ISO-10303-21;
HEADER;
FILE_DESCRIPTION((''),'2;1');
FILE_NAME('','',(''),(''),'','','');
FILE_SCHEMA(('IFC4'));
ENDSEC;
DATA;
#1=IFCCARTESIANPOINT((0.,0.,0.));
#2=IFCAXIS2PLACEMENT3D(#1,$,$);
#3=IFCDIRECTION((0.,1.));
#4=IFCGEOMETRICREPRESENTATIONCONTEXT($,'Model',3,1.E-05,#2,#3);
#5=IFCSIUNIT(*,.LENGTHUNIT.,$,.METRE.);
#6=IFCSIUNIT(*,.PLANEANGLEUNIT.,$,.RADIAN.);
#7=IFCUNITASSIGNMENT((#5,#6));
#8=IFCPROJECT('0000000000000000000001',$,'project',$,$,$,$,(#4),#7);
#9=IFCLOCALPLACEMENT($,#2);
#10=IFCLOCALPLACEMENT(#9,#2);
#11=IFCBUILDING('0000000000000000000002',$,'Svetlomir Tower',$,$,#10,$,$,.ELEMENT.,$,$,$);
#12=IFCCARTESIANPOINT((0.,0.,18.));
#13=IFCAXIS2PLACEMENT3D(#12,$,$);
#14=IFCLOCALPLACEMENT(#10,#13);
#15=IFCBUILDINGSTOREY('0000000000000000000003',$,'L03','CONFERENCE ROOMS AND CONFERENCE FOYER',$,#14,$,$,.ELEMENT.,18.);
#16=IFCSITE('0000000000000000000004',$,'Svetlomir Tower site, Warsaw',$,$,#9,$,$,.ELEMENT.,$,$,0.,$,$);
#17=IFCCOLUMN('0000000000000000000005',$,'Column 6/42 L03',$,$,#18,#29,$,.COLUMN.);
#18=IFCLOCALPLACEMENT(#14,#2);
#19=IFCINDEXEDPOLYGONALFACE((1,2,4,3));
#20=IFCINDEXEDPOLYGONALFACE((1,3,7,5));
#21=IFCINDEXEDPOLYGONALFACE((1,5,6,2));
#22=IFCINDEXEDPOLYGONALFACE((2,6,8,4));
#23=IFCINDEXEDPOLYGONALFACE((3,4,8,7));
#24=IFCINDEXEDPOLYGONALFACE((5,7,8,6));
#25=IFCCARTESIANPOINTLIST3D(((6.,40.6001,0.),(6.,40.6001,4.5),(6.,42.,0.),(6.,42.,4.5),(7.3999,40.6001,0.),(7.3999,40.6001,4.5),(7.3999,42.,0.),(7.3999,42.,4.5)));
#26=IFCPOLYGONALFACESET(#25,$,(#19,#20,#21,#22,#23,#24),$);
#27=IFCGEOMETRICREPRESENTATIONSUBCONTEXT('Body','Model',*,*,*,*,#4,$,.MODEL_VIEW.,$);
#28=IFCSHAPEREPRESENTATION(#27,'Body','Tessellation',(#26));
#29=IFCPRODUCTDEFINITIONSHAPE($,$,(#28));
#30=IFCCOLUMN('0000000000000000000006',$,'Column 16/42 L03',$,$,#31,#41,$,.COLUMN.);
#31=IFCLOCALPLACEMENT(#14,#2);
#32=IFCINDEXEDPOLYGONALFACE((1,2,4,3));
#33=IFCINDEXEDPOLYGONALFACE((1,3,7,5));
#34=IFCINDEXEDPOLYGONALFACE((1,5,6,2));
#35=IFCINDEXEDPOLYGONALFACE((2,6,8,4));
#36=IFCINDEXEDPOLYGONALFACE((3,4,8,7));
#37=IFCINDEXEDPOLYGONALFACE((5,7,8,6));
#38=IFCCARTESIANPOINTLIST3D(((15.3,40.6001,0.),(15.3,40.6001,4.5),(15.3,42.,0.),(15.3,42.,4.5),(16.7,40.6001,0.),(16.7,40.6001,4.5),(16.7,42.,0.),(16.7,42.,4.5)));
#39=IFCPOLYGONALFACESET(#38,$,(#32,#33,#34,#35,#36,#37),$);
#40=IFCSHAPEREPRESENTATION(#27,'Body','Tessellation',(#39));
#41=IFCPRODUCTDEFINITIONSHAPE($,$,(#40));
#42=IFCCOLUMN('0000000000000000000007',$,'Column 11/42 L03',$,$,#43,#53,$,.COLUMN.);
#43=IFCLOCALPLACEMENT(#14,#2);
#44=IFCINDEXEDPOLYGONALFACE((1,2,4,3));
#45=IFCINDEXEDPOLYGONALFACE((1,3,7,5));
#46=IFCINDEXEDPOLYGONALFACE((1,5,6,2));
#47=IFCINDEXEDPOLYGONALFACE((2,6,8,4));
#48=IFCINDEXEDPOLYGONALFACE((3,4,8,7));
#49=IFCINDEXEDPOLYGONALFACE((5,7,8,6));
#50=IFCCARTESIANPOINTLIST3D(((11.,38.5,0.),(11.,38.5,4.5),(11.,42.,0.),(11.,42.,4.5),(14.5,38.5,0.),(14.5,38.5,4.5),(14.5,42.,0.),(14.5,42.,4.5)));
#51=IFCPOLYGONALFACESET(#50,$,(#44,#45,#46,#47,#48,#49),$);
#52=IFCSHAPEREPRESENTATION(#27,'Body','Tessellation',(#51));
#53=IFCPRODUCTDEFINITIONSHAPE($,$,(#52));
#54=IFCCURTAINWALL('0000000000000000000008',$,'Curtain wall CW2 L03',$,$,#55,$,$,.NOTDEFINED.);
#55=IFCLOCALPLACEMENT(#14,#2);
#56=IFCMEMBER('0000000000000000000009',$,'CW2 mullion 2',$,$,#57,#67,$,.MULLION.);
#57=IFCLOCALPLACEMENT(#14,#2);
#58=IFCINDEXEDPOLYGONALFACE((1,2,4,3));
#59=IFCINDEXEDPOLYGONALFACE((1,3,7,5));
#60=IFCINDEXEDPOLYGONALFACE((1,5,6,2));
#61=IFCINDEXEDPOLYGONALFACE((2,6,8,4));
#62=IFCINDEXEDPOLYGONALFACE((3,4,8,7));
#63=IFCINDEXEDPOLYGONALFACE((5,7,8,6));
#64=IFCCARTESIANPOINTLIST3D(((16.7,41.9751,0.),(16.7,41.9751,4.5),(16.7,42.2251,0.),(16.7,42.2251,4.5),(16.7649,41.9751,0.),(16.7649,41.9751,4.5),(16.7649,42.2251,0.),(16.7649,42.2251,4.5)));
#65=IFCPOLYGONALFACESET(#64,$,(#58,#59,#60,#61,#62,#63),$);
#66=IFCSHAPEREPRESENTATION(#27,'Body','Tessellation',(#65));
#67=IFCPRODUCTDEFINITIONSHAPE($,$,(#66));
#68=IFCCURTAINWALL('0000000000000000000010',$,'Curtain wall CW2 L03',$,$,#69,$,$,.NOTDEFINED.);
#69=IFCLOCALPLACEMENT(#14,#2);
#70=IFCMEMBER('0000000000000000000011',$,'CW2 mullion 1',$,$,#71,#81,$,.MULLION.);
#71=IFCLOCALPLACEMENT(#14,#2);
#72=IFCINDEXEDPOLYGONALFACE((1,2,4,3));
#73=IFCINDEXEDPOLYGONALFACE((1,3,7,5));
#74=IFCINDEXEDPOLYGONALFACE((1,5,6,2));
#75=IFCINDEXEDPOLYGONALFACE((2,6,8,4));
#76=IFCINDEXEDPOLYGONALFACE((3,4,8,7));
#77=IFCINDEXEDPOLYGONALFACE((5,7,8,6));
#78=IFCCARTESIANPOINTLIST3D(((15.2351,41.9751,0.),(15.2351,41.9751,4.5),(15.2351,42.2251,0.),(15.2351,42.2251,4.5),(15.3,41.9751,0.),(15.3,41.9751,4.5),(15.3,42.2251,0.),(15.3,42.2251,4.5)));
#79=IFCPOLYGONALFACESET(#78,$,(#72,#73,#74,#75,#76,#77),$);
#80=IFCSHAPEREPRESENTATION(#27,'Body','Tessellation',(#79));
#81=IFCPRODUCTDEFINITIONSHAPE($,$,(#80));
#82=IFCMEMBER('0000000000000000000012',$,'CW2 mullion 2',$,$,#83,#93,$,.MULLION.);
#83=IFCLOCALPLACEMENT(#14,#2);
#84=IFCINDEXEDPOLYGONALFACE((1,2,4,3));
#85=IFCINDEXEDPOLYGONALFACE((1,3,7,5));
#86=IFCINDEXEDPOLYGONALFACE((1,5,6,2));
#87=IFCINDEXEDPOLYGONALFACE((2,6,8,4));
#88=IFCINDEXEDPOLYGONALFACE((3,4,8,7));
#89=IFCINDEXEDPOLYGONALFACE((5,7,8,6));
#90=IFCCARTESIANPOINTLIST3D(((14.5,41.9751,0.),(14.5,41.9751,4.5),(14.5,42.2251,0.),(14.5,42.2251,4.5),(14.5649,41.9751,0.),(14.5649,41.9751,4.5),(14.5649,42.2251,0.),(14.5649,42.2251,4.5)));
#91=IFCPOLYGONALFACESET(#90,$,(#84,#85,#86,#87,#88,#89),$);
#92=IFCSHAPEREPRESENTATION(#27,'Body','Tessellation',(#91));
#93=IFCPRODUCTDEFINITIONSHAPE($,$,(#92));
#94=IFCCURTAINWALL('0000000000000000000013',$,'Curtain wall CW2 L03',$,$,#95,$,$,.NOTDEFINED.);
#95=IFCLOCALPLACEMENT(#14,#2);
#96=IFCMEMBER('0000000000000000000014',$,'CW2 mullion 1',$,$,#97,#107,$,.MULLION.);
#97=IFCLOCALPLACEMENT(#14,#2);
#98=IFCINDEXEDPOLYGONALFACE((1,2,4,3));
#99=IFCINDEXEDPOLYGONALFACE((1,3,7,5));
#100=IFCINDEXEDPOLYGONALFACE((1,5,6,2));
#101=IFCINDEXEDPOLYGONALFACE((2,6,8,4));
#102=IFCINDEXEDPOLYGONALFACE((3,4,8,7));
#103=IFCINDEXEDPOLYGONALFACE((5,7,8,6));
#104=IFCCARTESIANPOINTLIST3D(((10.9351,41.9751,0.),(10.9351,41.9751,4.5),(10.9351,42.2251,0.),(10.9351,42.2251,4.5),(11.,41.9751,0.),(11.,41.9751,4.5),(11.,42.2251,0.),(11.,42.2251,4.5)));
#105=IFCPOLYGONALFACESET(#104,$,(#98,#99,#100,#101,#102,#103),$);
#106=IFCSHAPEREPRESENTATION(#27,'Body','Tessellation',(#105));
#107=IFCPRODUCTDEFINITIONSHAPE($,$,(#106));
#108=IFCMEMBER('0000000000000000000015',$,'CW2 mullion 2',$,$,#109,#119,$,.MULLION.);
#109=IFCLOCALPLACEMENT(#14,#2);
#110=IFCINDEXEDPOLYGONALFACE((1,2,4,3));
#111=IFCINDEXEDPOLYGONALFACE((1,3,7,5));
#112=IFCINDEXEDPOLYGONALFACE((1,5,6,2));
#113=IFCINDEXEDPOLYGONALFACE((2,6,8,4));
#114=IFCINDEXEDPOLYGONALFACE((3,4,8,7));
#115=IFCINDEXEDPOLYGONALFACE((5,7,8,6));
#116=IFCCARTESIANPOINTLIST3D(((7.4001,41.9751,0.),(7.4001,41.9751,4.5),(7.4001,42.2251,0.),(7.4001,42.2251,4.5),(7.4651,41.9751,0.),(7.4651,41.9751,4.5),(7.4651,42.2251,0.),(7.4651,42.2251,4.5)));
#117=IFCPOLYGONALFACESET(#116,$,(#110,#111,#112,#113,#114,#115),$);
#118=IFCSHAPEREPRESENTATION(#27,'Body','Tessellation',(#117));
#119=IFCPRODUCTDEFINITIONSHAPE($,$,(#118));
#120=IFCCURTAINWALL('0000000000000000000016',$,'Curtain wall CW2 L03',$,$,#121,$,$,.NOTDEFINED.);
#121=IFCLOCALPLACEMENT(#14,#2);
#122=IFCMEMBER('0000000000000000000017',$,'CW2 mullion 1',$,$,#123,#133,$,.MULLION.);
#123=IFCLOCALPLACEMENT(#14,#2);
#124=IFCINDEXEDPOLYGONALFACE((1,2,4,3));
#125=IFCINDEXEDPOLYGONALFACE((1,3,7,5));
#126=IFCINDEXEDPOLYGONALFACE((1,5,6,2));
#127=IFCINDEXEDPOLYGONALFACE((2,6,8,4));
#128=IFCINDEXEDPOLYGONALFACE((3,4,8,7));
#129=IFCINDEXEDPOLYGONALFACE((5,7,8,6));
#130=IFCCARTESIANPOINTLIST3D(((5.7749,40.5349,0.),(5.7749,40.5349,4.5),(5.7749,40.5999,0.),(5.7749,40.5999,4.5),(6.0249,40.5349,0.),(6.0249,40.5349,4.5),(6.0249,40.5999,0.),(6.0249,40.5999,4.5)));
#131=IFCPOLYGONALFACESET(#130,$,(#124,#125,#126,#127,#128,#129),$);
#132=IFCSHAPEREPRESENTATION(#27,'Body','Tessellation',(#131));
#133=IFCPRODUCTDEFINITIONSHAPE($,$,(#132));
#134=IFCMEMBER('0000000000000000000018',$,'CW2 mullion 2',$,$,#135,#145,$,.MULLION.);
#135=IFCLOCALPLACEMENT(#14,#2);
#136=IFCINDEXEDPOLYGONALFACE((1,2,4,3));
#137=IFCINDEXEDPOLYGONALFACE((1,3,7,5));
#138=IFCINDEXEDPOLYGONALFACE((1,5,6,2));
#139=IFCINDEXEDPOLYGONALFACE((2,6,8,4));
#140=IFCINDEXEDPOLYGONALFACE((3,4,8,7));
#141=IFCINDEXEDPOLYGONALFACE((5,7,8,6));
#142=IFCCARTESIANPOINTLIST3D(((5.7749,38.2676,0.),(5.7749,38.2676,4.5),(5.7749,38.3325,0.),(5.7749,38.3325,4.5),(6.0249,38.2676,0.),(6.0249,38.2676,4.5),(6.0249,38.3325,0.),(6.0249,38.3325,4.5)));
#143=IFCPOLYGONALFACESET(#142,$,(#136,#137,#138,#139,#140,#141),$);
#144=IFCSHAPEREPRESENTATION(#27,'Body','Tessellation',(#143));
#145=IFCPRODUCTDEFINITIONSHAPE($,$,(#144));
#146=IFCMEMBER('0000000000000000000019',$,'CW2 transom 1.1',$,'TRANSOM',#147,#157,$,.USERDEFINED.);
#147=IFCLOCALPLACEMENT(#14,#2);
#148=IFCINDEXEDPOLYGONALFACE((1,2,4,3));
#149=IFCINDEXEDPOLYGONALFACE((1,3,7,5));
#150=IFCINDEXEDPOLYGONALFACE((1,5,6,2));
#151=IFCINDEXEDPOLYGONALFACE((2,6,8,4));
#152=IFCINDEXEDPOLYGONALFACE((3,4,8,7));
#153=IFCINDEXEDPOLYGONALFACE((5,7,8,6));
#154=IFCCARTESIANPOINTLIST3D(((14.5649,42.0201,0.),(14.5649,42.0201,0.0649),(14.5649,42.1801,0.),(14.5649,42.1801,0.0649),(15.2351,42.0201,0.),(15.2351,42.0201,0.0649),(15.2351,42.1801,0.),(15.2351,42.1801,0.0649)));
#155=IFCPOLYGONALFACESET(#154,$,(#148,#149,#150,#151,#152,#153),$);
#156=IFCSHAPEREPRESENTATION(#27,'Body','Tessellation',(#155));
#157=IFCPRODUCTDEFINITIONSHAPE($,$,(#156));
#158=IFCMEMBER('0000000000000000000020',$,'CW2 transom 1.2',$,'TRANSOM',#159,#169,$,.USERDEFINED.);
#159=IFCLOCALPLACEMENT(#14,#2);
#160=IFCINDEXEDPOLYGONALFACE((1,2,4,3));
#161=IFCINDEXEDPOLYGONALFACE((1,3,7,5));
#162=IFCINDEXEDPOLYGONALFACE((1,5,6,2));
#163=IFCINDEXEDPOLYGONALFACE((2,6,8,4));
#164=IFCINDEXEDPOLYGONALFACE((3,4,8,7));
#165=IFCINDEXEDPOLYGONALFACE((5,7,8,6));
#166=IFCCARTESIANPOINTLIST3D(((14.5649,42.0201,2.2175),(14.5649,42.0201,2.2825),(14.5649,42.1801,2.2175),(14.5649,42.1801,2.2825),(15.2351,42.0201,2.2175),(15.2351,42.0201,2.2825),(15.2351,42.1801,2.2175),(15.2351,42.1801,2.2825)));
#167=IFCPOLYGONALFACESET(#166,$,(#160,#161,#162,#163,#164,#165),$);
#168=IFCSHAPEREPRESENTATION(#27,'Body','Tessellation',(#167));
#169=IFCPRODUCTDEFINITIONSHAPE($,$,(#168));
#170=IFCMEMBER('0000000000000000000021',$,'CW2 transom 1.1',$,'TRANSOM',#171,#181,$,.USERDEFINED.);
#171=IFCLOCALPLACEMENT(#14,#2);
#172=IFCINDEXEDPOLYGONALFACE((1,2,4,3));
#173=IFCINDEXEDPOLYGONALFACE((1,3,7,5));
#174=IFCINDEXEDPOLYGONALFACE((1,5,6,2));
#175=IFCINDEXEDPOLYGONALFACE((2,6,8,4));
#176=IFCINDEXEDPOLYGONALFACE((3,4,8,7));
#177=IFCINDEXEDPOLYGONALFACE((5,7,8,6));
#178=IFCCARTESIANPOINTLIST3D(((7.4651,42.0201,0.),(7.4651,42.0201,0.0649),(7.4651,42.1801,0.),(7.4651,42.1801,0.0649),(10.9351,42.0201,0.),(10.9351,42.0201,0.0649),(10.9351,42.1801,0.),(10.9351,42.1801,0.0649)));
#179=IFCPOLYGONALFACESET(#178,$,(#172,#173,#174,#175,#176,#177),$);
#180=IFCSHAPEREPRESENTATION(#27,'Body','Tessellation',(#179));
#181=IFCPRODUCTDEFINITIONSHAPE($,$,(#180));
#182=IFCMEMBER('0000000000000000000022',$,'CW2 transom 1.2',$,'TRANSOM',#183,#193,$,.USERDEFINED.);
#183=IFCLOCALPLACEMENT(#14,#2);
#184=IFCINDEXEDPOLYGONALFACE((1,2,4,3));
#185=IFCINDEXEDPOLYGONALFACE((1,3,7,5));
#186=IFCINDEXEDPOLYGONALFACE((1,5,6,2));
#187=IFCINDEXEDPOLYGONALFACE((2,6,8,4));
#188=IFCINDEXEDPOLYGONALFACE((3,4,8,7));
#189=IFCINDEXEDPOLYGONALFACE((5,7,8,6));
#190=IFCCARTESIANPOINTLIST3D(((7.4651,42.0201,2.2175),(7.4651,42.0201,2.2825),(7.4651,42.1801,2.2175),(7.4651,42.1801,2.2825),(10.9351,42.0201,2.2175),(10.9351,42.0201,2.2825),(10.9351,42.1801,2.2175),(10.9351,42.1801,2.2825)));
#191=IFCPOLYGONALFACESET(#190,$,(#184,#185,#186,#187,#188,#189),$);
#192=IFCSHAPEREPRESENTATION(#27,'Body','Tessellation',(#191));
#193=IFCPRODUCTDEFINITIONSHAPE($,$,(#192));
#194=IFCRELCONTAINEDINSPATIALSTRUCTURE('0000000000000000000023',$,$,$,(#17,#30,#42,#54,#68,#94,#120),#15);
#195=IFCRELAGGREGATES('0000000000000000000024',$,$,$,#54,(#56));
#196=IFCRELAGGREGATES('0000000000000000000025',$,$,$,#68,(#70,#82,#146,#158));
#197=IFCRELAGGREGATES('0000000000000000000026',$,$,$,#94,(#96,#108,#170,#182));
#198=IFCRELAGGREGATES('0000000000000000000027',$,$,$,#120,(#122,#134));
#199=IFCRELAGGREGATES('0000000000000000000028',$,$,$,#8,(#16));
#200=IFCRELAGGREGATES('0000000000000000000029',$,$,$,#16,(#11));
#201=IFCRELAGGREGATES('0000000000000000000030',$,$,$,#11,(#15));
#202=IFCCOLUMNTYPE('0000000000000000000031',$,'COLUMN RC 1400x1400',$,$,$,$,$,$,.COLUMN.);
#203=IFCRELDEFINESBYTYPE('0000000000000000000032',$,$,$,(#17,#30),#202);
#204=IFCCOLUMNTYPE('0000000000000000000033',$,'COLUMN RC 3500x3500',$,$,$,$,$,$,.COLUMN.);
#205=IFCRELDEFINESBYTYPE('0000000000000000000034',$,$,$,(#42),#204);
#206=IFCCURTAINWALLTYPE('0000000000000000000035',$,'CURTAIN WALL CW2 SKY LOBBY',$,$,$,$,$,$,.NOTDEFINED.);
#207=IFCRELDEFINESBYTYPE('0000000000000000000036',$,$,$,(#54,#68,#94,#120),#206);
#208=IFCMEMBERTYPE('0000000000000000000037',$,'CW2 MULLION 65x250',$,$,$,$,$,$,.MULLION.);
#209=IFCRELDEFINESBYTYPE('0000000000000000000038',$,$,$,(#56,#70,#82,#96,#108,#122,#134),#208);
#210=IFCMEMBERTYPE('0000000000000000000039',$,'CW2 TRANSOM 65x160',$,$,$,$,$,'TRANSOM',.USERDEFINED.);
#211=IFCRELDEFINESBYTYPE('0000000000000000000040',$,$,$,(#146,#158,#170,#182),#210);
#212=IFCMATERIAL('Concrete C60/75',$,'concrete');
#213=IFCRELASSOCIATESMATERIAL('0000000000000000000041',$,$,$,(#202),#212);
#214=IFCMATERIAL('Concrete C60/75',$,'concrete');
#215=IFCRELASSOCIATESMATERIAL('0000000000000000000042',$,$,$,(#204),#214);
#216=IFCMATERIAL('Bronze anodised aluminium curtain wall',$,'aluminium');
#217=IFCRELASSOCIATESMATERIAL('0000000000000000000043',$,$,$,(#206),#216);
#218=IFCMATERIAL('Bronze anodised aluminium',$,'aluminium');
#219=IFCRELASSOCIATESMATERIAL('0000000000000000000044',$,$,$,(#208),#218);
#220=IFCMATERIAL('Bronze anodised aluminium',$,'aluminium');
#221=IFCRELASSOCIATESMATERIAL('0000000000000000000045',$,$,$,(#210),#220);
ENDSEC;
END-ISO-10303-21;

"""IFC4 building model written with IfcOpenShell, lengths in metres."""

from ifc_helpers import new_model, si_unit, direction, frame, origin, origin_2d, place, context, subcontext, project, spatial, rectangle, extrude, material, material_profile, profile_set, type_object, element, aggregate, save


model = new_model("IFC4")

# Units and contexts
model_context = context("Model", 3, precision=1e-05, world=origin(), true_north=direction((0.0, 1.0)))
body_context = subcontext(model_context, "Body", "Model", "MODEL_VIEW")
ifc_project = project(units=[si_unit("LENGTHUNIT", "METRE"), si_unit("PLANEANGLEUNIT", "RADIAN")], contexts=[model_context])

# Site, building, storey
site_placement = place(None, origin())
site = spatial("IfcSite", under=ifc_project, at=site_placement, Name="Svetlomir Tower site, Warsaw", CompositionType="ELEMENT", RefElevation=0.0)
building_placement = place(site_placement, origin())
building = spatial("IfcBuilding", under=site, at=building_placement, Name="Svetlomir Tower", CompositionType="ELEMENT")
storey_placement = place(building_placement, frame((0.0, 0.0, 18.0)))
storey = spatial("IfcBuildingStorey", under=building, at=storey_placement, Name="L03", Description="CONFERENCE ROOMS AND CONFERENCE FOYER", CompositionType="ELEMENT", Elevation=18.0)

# Columns
ifc_material_1 = material(Name="Concrete C60/75", Category="concrete")
ifc_material_profile_1 = material_profile(ifc_material_1, rectangle(XDim=1.3999, YDim=1.3999, at=origin_2d()), Name="RC 1400x1400")
ifc_profile_set_1 = profile_set([ifc_material_profile_1], Name="Concrete C60/75")
column_type_1 = type_object("IfcColumnType", Name="COLUMN RC 1400x1400", PredefinedType="COLUMN", material=ifc_profile_set_1)
for number, where, z_axis, x_axis, name in (
    (1, (6.7, 41.3, 0.0), (0.0, 0.0, 1.0), (1.0, 0.0, 0.0), "Column 6/42 L03"),
    (2, (16.0, 41.3, 0.0), (0.0, 0.0, 1.0), (1.0, 0.0, 0.0), "Column 16/42 L03"),
):
    element("IfcColumn", number, at=place(storey_placement, frame(where, z_axis=z_axis, x_axis=x_axis)), inside=storey, type_object=column_type_1, Name=name, PredefinedType="COLUMN", context=body_context, shape_type="SweptSolid", body=[
        extrude(rectangle(XDim=1.3999, YDim=1.3999, at=origin_2d()), origin(), (0.0, 0.0, 1.0), 4.5),
    ])
ifc_material_2 = material(Name="Concrete C60/75", Category="concrete")
ifc_material_profile_2 = material_profile(ifc_material_2, rectangle(XDim=3.5, YDim=3.5, at=origin_2d()), Name="RC 3500x3500")
ifc_profile_set_2 = profile_set([ifc_material_profile_2], Name="Concrete C60/75")
column_type_2 = type_object("IfcColumnType", Name="COLUMN RC 3500x3500", PredefinedType="COLUMN", material=ifc_profile_set_2)
column_placement = place(storey_placement, frame((12.75, 40.25, 0.0), z_axis=(0.0, 0.0, 1.0), x_axis=(1.0, 0.0, 0.0)))
element("IfcColumn", 3, at=column_placement, inside=storey, type_object=column_type_2, Name="Column 11/42 L03", PredefinedType="COLUMN", context=body_context, shape_type="SweptSolid", body=[
    extrude(rectangle(XDim=3.5, YDim=3.5, at=origin_2d()), origin(), (0.0, 0.0, 1.0), 4.5),
])

# Curtain wall, member
ifc_material_3 = material(Name="Bronze anodised aluminium curtain wall", Category="aluminium")
curtain_wall_type = type_object("IfcCurtainWallType", Name="CURTAIN WALL CW2 SKY LOBBY", PredefinedType="NOTDEFINED", material=ifc_material_3)
curtain_wall_1_placement = place(storey_placement, origin())
curtain_wall_1 = element("IfcCurtainWall", 4, at=curtain_wall_1_placement, inside=storey, type_object=curtain_wall_type, Name="Curtain wall CW2 L03", PredefinedType="NOTDEFINED")
ifc_material_4 = material(Name="Bronze anodised aluminium", Category="aluminium")
ifc_material_profile_3 = material_profile(ifc_material_4, rectangle(XDim=0.0649, YDim=0.25, at=origin_2d()), Name="AL 65x250")
ifc_profile_set_3 = profile_set([ifc_material_profile_3], Name="Bronze anodised aluminium 6063-T6")
member_type_1 = type_object("IfcMemberType", Name="CW2 MULLION 65x250", PredefinedType="MULLION", material=ifc_profile_set_3)
member_1_placement = place(storey_placement, frame((16.7324, 42.1001, 0.0), z_axis=(0.0, 0.0, 1.0), x_axis=(-1.0, 0.0, 0.0)))
member_1 = element("IfcMember", 5, at=member_1_placement, type_object=member_type_1, Name="CW2 mullion 2", PredefinedType="MULLION", context=body_context, shape_type="SweptSolid", body=[
    extrude(rectangle(XDim=0.0649, YDim=0.25, at=origin_2d()), origin(), (0.0, 0.0, 1.0), 4.5),
])
aggregate(curtain_wall_1, [member_1])

# Curtain walls, members
curtain_wall_2_placement = place(storey_placement, origin())
curtain_wall_2 = element("IfcCurtainWall", 6, at=curtain_wall_2_placement, inside=storey, type_object=curtain_wall_type, Name="Curtain wall CW2 L03", PredefinedType="NOTDEFINED")
member_2_placement = place(storey_placement, frame((15.2676, 42.1001, 0.0), z_axis=(0.0, 0.0, 1.0), x_axis=(-1.0, 0.0, 0.0)))
member_2 = element("IfcMember", 7, at=member_2_placement, type_object=member_type_1, Name="CW2 mullion 1", PredefinedType="MULLION", context=body_context, shape_type="SweptSolid", body=[
    extrude(rectangle(XDim=0.0649, YDim=0.25, at=origin_2d()), origin(), (0.0, 0.0, 1.0), 4.5),
])
member_3_placement = place(storey_placement, frame((14.5325, 42.1001, 0.0), z_axis=(0.0, 0.0, 1.0), x_axis=(-1.0, 0.0, 0.0)))
member_3 = element("IfcMember", 8, at=member_3_placement, type_object=member_type_1, Name="CW2 mullion 2", PredefinedType="MULLION", context=body_context, shape_type="SweptSolid", body=[
    extrude(rectangle(XDim=0.0649, YDim=0.25, at=origin_2d()), origin(), (0.0, 0.0, 1.0), 4.5),
])
curtain_wall_3_placement = place(storey_placement, origin())
curtain_wall_3 = element("IfcCurtainWall", 9, at=curtain_wall_3_placement, inside=storey, type_object=curtain_wall_type, Name="Curtain wall CW2 L03", PredefinedType="NOTDEFINED")
member_4_placement = place(storey_placement, frame((10.9675, 42.1001, 0.0), z_axis=(0.0, 0.0, 1.0), x_axis=(-1.0, 0.0, 0.0)))
member_4 = element("IfcMember", 10, at=member_4_placement, type_object=member_type_1, Name="CW2 mullion 1", PredefinedType="MULLION", context=body_context, shape_type="SweptSolid", body=[
    extrude(rectangle(XDim=0.0649, YDim=0.25, at=origin_2d()), origin(), (0.0, 0.0, 1.0), 4.5),
])
member_5_placement = place(storey_placement, frame((7.4326, 42.1001, 0.0), z_axis=(0.0, 0.0, 1.0), x_axis=(-1.0, 0.0, 0.0)))
member_5 = element("IfcMember", 11, at=member_5_placement, type_object=member_type_1, Name="CW2 mullion 2", PredefinedType="MULLION", context=body_context, shape_type="SweptSolid", body=[
    extrude(rectangle(XDim=0.0649, YDim=0.25, at=origin_2d()), origin(), (0.0, 0.0, 1.0), 4.5),
])
curtain_wall_4_placement = place(storey_placement, origin())
curtain_wall_4 = element("IfcCurtainWall", 12, at=curtain_wall_4_placement, inside=storey, type_object=curtain_wall_type, Name="Curtain wall CW2 L03", PredefinedType="NOTDEFINED")
member_6_placement = place(storey_placement, frame((5.8999, 40.5674, 0.0), z_axis=(0.0, 0.0, 1.0), x_axis=(0.0, -1.0, 0.0)))
member_6 = element("IfcMember", 13, at=member_6_placement, type_object=member_type_1, Name="CW2 mullion 1", PredefinedType="MULLION", context=body_context, shape_type="SweptSolid", body=[
    extrude(rectangle(XDim=0.0649, YDim=0.25, at=origin_2d()), origin(), (0.0, 0.0, 1.0), 4.5),
])
member_7_placement = place(storey_placement, frame((5.8999, 38.3, 0.0), z_axis=(0.0, 0.0, 1.0), x_axis=(0.0, -1.0, 0.0)))
member_7 = element("IfcMember", 14, at=member_7_placement, type_object=member_type_1, Name="CW2 mullion 2", PredefinedType="MULLION", context=body_context, shape_type="SweptSolid", body=[
    extrude(rectangle(XDim=0.0649, YDim=0.25, at=origin_2d()), origin(), (0.0, 0.0, 1.0), 4.5),
])

# Members
ifc_material_5 = material(Name="Bronze anodised aluminium", Category="aluminium")
ifc_material_profile_4 = material_profile(ifc_material_5, rectangle(XDim=0.1599, YDim=0.0649, at=origin_2d()), Name="AL 160x65")
ifc_profile_set_4 = profile_set([ifc_material_profile_4], Name="Bronze anodised aluminium 6063-T6")
member_type_2 = type_object("IfcMemberType", Name="CW2 TRANSOM 65x160", ElementType="TRANSOM", PredefinedType="USERDEFINED", material=ifc_profile_set_4)
member_8_placement = place(storey_placement, frame((15.2351, 42.1001, 0.0325), z_axis=(-1.0, 0.0, 0.0), x_axis=(0.0, -1.0, 0.0)))
member_8 = element("IfcMember", 15, at=member_8_placement, type_object=member_type_2, Name="CW2 transom 1.1", ObjectType="TRANSOM", PredefinedType="USERDEFINED", context=body_context, shape_type="SweptSolid", body=[
    extrude(rectangle(XDim=0.1599, YDim=0.0649, at=origin_2d()), origin(), (0.0, 0.0, 1.0), 0.6702),
])
member_9_placement = place(storey_placement, frame((15.2351, 42.1001, 2.25), z_axis=(-1.0, 0.0, 0.0), x_axis=(0.0, -1.0, 0.0)))
member_9 = element("IfcMember", 16, at=member_9_placement, type_object=member_type_2, Name="CW2 transom 1.2", ObjectType="TRANSOM", PredefinedType="USERDEFINED", context=body_context, shape_type="SweptSolid", body=[
    extrude(rectangle(XDim=0.1599, YDim=0.0649, at=origin_2d()), origin(), (0.0, 0.0, 1.0), 0.6702),
])
member_10_placement = place(storey_placement, frame((10.9351, 42.1001, 0.0325), z_axis=(-1.0, 0.0, 0.0), x_axis=(0.0, -1.0, 0.0)))
member_10 = element("IfcMember", 17, at=member_10_placement, type_object=member_type_2, Name="CW2 transom 1.1", ObjectType="TRANSOM", PredefinedType="USERDEFINED", context=body_context, shape_type="SweptSolid", body=[
    extrude(rectangle(XDim=0.1599, YDim=0.0649, at=origin_2d()), origin(), (0.0, 0.0, 1.0), 3.47),
])
member_11_placement = place(storey_placement, frame((10.9351, 42.1001, 2.25), z_axis=(-1.0, 0.0, 0.0), x_axis=(0.0, -1.0, 0.0)))
member_11 = element("IfcMember", 18, at=member_11_placement, type_object=member_type_2, Name="CW2 transom 1.2", ObjectType="TRANSOM", PredefinedType="USERDEFINED", context=body_context, shape_type="SweptSolid", body=[
    extrude(rectangle(XDim=0.1599, YDim=0.0649, at=origin_2d()), origin(), (0.0, 0.0, 1.0), 3.47),
])

aggregate(curtain_wall_2, [member_2, member_3, member_8, member_9])
aggregate(curtain_wall_3, [member_4, member_5, member_10, member_11])
aggregate(curtain_wall_4, [member_6, member_7])

save(model, "model.ifc")
